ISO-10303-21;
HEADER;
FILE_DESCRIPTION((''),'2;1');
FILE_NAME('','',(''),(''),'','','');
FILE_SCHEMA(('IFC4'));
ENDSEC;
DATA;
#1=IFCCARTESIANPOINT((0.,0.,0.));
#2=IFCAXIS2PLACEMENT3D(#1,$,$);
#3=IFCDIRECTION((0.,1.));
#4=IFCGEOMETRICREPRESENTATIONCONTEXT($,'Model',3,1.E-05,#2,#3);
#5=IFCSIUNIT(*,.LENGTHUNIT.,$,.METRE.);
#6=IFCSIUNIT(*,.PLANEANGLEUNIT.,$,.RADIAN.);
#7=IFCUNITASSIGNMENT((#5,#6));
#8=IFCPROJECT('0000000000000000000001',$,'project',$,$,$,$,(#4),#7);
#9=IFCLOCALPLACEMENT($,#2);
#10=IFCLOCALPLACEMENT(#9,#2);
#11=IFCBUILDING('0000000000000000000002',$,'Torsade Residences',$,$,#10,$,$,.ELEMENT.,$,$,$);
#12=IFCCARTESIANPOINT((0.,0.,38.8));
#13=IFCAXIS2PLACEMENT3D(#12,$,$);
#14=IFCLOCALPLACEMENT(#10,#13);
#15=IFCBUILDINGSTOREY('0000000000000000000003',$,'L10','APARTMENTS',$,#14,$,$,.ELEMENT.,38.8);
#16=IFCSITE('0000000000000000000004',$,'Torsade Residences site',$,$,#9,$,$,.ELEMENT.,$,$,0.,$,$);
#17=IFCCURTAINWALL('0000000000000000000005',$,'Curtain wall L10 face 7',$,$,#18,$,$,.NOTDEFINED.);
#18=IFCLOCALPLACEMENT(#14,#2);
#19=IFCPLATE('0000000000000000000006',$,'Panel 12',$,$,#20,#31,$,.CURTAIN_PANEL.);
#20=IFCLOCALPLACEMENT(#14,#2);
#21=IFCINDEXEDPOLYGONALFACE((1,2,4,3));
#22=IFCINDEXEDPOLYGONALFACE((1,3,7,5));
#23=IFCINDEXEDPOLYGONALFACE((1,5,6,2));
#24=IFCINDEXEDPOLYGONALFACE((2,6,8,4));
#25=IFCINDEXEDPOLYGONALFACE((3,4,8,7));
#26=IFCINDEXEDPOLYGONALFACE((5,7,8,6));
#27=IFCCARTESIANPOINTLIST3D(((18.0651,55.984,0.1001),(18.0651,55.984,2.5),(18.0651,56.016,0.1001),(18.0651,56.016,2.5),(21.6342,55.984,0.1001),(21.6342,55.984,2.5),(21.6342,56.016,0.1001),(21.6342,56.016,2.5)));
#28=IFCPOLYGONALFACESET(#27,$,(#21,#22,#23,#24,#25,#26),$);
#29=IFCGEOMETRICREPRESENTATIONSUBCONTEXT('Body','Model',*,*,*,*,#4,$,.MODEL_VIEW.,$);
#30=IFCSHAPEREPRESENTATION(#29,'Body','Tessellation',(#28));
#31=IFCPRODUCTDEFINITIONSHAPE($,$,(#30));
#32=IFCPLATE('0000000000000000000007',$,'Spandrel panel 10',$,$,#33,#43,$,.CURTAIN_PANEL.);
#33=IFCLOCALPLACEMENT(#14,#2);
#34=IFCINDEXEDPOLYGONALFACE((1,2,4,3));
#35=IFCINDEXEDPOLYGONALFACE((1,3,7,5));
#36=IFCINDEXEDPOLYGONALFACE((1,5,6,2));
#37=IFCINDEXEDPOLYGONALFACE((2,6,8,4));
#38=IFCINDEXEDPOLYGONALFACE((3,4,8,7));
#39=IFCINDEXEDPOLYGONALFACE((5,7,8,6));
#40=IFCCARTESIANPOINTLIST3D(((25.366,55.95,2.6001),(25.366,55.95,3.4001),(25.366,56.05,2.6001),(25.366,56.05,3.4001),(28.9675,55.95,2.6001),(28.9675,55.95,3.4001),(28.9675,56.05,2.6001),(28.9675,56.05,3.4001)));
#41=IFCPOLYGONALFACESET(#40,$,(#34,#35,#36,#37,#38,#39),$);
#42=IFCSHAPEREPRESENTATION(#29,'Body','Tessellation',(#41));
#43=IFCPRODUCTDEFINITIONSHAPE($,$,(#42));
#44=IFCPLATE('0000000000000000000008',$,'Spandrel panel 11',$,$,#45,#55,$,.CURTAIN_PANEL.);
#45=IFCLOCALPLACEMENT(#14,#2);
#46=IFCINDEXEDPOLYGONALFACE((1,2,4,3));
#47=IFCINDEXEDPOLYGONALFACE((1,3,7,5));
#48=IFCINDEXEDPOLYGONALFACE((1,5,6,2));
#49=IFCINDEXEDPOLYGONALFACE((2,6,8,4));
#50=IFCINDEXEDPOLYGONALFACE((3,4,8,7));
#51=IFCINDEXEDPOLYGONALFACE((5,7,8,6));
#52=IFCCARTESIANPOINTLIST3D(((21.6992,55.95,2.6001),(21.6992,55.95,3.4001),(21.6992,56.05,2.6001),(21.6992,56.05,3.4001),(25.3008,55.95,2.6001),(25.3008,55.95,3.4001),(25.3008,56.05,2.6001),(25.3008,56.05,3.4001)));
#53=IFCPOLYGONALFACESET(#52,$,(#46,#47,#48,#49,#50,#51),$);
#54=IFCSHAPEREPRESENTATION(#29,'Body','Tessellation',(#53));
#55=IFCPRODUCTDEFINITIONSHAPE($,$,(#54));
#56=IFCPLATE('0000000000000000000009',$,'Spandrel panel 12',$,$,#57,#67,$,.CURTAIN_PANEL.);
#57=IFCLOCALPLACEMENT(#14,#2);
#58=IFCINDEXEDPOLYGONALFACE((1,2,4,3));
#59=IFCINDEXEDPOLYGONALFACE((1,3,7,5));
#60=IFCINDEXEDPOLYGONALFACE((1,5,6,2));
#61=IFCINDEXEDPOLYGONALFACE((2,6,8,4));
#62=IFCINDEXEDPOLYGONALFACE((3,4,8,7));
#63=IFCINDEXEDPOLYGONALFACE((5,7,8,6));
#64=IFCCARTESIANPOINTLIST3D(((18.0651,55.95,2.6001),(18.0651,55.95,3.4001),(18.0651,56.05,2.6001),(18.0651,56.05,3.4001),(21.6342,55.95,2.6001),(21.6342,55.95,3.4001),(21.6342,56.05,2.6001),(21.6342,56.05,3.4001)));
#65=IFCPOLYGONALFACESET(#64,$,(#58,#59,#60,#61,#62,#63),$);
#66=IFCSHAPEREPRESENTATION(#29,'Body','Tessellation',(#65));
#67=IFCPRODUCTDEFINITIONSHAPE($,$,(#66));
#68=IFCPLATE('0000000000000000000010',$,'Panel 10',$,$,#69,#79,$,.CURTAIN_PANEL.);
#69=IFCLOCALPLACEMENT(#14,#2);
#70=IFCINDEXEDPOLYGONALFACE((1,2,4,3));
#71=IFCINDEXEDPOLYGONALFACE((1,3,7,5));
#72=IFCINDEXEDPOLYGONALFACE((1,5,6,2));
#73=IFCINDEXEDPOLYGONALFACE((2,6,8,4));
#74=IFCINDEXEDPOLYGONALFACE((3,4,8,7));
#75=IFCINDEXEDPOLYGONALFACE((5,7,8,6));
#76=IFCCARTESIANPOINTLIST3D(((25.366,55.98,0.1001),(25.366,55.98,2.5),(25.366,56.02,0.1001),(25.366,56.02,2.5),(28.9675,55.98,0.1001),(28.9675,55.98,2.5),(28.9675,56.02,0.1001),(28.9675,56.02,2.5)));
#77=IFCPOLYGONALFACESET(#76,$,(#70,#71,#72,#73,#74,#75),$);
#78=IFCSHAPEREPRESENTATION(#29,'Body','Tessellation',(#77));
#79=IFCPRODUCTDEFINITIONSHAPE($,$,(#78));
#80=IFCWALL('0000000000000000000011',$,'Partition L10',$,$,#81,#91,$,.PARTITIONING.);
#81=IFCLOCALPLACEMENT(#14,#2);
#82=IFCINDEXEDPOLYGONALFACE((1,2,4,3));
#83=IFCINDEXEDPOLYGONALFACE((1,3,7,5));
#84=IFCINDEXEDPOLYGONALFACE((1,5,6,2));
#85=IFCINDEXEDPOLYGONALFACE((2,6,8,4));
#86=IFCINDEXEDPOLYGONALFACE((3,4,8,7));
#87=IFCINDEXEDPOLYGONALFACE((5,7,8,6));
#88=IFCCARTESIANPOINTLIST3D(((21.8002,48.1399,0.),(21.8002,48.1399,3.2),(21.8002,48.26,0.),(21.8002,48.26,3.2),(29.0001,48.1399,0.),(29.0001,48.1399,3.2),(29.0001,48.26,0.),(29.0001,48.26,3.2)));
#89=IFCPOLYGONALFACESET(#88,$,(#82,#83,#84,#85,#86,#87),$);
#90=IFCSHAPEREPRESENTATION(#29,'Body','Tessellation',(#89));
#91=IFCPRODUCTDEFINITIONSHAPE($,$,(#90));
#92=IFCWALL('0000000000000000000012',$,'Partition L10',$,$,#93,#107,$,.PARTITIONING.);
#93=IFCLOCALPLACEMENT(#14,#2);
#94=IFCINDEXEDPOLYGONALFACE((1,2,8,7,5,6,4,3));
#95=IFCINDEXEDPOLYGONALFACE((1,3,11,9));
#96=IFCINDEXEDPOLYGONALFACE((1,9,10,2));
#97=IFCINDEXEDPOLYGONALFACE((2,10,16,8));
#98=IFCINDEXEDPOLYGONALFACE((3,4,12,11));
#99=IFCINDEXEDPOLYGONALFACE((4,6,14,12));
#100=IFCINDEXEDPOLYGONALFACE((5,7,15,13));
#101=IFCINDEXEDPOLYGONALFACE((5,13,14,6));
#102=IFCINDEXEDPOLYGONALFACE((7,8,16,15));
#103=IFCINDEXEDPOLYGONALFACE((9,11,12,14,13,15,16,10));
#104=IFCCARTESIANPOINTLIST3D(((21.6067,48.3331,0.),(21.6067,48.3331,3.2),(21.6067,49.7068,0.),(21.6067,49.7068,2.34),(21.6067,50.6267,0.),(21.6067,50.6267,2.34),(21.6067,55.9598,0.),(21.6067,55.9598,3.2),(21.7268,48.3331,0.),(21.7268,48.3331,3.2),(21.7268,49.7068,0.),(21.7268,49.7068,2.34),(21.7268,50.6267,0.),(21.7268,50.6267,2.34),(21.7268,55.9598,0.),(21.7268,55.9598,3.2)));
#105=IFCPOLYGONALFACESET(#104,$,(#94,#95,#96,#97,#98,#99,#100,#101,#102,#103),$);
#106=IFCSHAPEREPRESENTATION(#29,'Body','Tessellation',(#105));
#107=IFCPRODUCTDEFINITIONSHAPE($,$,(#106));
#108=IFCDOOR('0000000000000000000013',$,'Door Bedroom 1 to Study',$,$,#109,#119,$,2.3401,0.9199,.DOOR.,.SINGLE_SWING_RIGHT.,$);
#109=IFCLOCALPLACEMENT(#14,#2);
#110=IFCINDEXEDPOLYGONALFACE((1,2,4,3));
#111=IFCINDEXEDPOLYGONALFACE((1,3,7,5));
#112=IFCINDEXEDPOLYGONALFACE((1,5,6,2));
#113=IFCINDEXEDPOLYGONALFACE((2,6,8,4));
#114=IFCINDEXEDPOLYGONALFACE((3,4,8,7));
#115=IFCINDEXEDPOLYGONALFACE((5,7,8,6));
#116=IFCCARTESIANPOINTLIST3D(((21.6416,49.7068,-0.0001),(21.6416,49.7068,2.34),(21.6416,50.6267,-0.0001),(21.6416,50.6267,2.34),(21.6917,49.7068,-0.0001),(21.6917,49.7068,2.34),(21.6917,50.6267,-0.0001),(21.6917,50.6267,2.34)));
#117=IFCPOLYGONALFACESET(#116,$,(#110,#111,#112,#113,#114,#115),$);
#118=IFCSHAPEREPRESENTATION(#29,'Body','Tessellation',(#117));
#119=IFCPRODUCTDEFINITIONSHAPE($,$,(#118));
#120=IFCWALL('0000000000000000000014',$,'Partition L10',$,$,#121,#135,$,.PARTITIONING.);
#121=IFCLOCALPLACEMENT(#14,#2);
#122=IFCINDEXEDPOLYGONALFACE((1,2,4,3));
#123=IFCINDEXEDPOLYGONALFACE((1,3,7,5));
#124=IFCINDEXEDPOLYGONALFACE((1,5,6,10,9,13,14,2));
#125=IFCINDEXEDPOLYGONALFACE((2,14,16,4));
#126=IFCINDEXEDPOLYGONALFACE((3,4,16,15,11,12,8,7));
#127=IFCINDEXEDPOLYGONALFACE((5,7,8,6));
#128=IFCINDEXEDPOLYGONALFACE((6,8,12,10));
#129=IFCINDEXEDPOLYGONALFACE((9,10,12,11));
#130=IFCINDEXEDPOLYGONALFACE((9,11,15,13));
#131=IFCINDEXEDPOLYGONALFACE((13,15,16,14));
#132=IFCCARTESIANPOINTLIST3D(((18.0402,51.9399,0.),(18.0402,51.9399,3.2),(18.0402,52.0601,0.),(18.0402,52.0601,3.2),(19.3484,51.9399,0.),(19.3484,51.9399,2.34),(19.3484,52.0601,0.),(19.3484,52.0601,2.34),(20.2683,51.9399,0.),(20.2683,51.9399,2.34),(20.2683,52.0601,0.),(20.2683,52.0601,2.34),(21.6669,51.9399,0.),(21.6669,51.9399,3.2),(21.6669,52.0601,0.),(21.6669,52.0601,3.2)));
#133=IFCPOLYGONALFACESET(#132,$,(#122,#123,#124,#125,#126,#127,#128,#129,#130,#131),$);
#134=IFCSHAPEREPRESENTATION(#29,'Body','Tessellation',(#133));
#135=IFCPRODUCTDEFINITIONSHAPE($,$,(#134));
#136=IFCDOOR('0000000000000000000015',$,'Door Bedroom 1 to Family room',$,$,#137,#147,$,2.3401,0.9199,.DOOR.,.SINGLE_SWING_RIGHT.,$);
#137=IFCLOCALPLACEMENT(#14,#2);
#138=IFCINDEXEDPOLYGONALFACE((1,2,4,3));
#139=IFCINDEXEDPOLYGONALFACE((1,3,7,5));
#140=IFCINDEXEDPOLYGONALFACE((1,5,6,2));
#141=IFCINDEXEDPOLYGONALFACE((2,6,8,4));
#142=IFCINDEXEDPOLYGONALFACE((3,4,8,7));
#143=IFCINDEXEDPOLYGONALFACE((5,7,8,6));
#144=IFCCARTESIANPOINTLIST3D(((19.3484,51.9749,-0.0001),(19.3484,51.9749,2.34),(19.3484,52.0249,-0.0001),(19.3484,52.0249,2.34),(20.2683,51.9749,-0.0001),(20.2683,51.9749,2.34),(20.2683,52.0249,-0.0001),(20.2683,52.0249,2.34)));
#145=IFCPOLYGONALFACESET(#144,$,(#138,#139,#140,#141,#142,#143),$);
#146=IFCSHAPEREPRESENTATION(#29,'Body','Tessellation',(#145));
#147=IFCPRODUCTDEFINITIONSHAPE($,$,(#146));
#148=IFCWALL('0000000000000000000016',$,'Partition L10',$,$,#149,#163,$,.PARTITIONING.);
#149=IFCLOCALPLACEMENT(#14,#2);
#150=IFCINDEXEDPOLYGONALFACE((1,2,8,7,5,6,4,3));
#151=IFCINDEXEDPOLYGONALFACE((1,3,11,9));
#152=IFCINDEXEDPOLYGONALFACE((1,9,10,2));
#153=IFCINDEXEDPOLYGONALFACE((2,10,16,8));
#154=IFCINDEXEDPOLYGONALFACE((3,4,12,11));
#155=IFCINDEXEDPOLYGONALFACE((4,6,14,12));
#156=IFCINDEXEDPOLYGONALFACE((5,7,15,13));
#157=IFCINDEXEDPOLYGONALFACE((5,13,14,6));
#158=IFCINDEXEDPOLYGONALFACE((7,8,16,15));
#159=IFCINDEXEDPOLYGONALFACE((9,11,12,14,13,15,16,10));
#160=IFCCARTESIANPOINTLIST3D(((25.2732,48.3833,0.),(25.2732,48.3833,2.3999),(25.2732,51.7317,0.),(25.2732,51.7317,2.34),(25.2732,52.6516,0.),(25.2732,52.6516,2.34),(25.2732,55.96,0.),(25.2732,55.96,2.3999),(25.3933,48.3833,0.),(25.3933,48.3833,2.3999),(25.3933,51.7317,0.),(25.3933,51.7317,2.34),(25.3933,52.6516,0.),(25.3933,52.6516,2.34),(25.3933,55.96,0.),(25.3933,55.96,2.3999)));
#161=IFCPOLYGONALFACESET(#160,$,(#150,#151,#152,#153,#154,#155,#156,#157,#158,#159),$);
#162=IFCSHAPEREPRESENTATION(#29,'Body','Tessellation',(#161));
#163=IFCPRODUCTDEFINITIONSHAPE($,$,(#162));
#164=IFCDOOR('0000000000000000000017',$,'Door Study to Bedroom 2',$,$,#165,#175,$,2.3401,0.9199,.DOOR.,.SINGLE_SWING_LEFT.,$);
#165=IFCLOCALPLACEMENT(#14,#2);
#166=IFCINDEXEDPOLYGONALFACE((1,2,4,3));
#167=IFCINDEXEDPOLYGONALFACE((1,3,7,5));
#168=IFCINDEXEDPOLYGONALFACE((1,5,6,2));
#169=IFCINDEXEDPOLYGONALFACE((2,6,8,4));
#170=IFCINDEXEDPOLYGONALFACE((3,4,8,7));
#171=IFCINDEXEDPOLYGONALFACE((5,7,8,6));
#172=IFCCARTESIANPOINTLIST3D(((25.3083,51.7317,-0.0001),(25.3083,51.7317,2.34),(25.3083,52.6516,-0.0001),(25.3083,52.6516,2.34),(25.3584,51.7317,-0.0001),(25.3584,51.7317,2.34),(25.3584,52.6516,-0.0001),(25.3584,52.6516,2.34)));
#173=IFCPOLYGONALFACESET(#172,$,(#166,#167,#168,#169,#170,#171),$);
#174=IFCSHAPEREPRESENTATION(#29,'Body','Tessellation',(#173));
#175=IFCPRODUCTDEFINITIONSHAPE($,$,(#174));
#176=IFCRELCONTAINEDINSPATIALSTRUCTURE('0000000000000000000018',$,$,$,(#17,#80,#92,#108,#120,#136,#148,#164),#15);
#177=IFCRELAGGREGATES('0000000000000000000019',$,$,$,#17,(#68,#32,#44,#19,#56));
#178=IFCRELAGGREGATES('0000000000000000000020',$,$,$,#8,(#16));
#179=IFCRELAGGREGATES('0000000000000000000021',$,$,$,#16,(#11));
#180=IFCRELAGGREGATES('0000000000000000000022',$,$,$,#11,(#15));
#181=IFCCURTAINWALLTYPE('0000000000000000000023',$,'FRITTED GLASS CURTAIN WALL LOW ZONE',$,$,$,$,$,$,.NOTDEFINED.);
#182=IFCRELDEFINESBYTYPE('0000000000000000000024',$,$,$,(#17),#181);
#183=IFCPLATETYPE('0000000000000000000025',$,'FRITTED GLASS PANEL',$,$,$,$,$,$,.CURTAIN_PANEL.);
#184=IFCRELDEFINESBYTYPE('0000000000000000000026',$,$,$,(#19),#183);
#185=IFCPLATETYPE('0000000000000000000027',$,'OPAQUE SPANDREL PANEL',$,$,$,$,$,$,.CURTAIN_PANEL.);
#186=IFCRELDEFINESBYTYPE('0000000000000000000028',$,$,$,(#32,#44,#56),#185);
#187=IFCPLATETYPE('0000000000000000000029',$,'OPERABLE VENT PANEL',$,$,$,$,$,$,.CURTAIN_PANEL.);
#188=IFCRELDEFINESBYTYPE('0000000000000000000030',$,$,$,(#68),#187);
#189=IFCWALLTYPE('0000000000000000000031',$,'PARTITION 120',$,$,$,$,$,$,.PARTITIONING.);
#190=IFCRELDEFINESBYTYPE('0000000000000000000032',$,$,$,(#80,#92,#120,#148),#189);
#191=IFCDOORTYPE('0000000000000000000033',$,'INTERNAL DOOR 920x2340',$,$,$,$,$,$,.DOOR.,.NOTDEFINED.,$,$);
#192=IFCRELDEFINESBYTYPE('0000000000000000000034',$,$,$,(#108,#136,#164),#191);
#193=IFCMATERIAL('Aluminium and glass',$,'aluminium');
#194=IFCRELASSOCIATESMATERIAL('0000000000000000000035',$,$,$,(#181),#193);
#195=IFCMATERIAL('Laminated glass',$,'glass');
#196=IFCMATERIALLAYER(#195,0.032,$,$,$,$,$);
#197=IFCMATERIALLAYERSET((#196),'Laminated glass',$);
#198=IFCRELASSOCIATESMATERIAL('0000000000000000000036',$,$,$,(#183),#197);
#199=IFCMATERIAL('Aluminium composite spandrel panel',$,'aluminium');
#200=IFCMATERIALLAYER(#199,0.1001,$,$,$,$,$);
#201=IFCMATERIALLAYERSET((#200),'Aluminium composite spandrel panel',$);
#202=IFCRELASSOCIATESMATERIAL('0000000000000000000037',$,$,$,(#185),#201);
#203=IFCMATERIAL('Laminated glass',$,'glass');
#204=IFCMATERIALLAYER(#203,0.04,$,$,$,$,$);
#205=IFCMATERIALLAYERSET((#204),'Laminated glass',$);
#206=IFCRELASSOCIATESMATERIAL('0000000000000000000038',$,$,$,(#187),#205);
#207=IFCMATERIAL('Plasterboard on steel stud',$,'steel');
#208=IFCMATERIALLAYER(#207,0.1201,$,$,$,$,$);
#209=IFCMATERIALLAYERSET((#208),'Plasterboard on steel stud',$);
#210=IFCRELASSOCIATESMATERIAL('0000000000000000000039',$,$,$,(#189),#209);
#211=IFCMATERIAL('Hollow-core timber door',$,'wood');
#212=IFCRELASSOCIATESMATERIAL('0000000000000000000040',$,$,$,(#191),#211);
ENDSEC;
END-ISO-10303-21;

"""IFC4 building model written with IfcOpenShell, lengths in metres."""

from ifc_helpers import new_model, si_unit, direction, frame, frame_2d, origin, origin_2d, place, context, subcontext, project, spatial, rectangle, extrude, material, layer, layer_set, type_object, element, fill, aggregate, save


model = new_model("IFC4")

# Units and contexts
model_context = context("Model", 3, precision=1e-05, world=origin(), true_north=direction((0.0, 1.0)))
body_context = subcontext(model_context, "Body", "Model", "MODEL_VIEW")
ifc_project = project(units=[si_unit("LENGTHUNIT", "METRE"), si_unit("PLANEANGLEUNIT", "RADIAN")], contexts=[model_context])

# Site, building, storey
site_placement = place(None, origin())
site = spatial("IfcSite", under=ifc_project, at=site_placement, Name="Torsade Residences site", CompositionType="ELEMENT", RefElevation=0.0)
building_placement = place(site_placement, origin())
building = spatial("IfcBuilding", under=site, at=building_placement, Name="Torsade Residences", CompositionType="ELEMENT")
storey_placement = place(building_placement, frame((0.0, 0.0, 38.8)))
storey = spatial("IfcBuildingStorey", under=building, at=storey_placement, Name="L10", Description="APARTMENTS", CompositionType="ELEMENT", Elevation=38.8)

# Curtain wall
ifc_material_1 = material(Name="Aluminium and glass", Category="aluminium")
curtain_wall_type = type_object("IfcCurtainWallType", Name="FRITTED GLASS CURTAIN WALL LOW ZONE", PredefinedType="NOTDEFINED", material=ifc_material_1)
curtain_wall_placement = place(storey_placement, origin())
curtain_wall = element("IfcCurtainWall", 1, at=curtain_wall_placement, inside=storey, type_object=curtain_wall_type, Name="Curtain wall L10 face 7", PredefinedType="NOTDEFINED")

# Plates
ifc_material_2 = material(Name="Laminated glass", Category="glass")
ifc_layer_1 = layer(ifc_material_2, 0.032)
ifc_layer_set_1 = layer_set([ifc_layer_1], Name="Laminated glass")
plate_type_1 = type_object("IfcPlateType", Name="FRITTED GLASS PANEL", PredefinedType="CURTAIN_PANEL", material=ifc_layer_set_1)
plate_1_placement = place(storey_placement, frame((19.8496, 56.0, 0.1001), z_axis=(0.0, 0.0, 1.0), x_axis=(-1.0, 0.0, 0.0)))
plate_1 = element("IfcPlate", 2, at=plate_1_placement, type_object=plate_type_1, Name="Panel 12", PredefinedType="CURTAIN_PANEL", context=body_context, shape_type="SweptSolid", body=[
    extrude(rectangle(XDim=3.5691, YDim=0.032, at=origin_2d()), origin(), (0.0, 0.0, 1.0), 2.3999),
])
ifc_material_3 = material(Name="Aluminium composite spandrel panel", Category="aluminium")
ifc_layer_2 = layer(ifc_material_3, 0.1001)
ifc_layer_set_2 = layer_set([ifc_layer_2], Name="Aluminium composite spandrel panel")
plate_type_2 = type_object("IfcPlateType", Name="OPAQUE SPANDREL PANEL", PredefinedType="CURTAIN_PANEL", material=ifc_layer_set_2)
plate_2_placement = place(storey_placement, frame((27.1667, 56.0, 2.6001), z_axis=(0.0, 0.0, 1.0), x_axis=(-1.0, 0.0, 0.0)))
plate_2 = element("IfcPlate", 3, at=plate_2_placement, type_object=plate_type_2, Name="Spandrel panel 10", PredefinedType="CURTAIN_PANEL", context=body_context, shape_type="SweptSolid", body=[
    extrude(rectangle(XDim=3.6016, YDim=0.1001, at=origin_2d()), origin(), (0.0, 0.0, 1.0), 0.8),
])
plate_3_placement = place(storey_placement, frame((23.5, 56.0, 2.6001), z_axis=(0.0, 0.0, 1.0), x_axis=(-1.0, 0.0, 0.0)))
plate_3 = element("IfcPlate", 4, at=plate_3_placement, type_object=plate_type_2, Name="Spandrel panel 11", PredefinedType="CURTAIN_PANEL", context=body_context, shape_type="SweptSolid", body=[
    extrude(rectangle(XDim=3.6016, YDim=0.1001, at=origin_2d()), origin(), (0.0, 0.0, 1.0), 0.8),
])
plate_4_placement = place(storey_placement, frame((19.8496, 56.0, 2.6001), z_axis=(0.0, 0.0, 1.0), x_axis=(-1.0, 0.0, 0.0)))
plate_4 = element("IfcPlate", 5, at=plate_4_placement, type_object=plate_type_2, Name="Spandrel panel 12", PredefinedType="CURTAIN_PANEL", context=body_context, shape_type="SweptSolid", body=[
    extrude(rectangle(XDim=3.5691, YDim=0.1001, at=origin_2d()), origin(), (0.0, 0.0, 1.0), 0.8),
])
ifc_material_4 = material(Name="Laminated glass", Category="glass")
ifc_layer_3 = layer(ifc_material_4, 0.04)
ifc_layer_set_3 = layer_set([ifc_layer_3], Name="Laminated glass")
plate_type_3 = type_object("IfcPlateType", Name="OPERABLE VENT PANEL", PredefinedType="CURTAIN_PANEL", material=ifc_layer_set_3)
plate_5_placement = place(storey_placement, frame((27.1667, 56.0, 0.1001), z_axis=(0.0, 0.0, 1.0), x_axis=(-1.0, 0.0, 0.0)))
plate_5 = element("IfcPlate", 6, at=plate_5_placement, type_object=plate_type_3, Name="Panel 10", PredefinedType="CURTAIN_PANEL", context=body_context, shape_type="SweptSolid", body=[
    extrude(rectangle(XDim=3.6016, YDim=0.04, at=origin_2d()), origin(), (0.0, 0.0, 1.0), 2.3999),
])
aggregate(curtain_wall, [plate_5, plate_2, plate_3, plate_1, plate_4])

# Wall
ifc_material_5 = material(Name="Plasterboard on steel stud", Category="steel")
ifc_layer_4 = layer(ifc_material_5, 0.1201)
ifc_layer_set_4 = layer_set([ifc_layer_4], Name="Plasterboard on steel stud")
wall_type = type_object("IfcWallType", Name="PARTITION 120", PredefinedType="PARTITIONING", material=ifc_layer_set_4)
wall_1_placement = place(storey_placement, frame((21.8, 48.2, 0.0), z_axis=(0.0, 0.0, 1.0), x_axis=(1.0, 0.0, 0.0)))
element("IfcWall", 7, at=wall_1_placement, inside=storey, type_object=wall_type, Name="Partition L10", PredefinedType="PARTITIONING", context=body_context, shape_type="SweptSolid", body=[
    extrude(rectangle(XDim=7.2, YDim=0.1201, at=frame_2d((3.6001, 0.0))), origin(), (0.0, 0.0, 1.0), 3.2),
])

# Walls, openings, doors
wall_2_placement = place(storey_placement, frame((21.6667, 55.96, 0.0), z_axis=(0.0, 0.0, 1.0), x_axis=(0.0, -1.0, 0.0)))
wall_2 = element("IfcWall", 8, at=wall_2_placement, inside=storey, type_object=wall_type, Name="Partition L10", PredefinedType="PARTITIONING", context=body_context, shape_type="SweptSolid", body=[
    extrude(rectangle(XDim=7.6267, YDim=0.1201, at=frame_2d((3.8135, 0.0))), origin(), (0.0, 0.0, 1.0), 3.2),
])
opening_1_placement = place(wall_2_placement, frame((5.3333, 0.0, 0.0)))
opening_1 = element("IfcOpeningElement", 9, at=opening_1_placement, cuts=wall_2, PredefinedType="OPENING", context=body_context, shape_type="SweptSolid", body=[
    extrude(rectangle(XDim=0.9199, YDim=2.3401, at=frame_2d((0.46, 1.1699))), frame((0.0, 0.0701, 0.0), z_axis=(0.0, -1.0, 0.0), x_axis=(1.0, 0.0, 0.0)), (0.0, 0.0, 1.0), 0.1401),
])
ifc_material_6 = material(Name="Hollow-core timber door", Category="wood")
door_type = type_object("IfcDoorType", Name="INTERNAL DOOR 920x2340", OperationType="NOTDEFINED", PredefinedType="DOOR", material=ifc_material_6)
door_1_placement = place(opening_1_placement, origin())
door_1 = element("IfcDoor", 10, at=door_1_placement, inside=storey, type_object=door_type, Name="Door Bedroom 1 to Study", OperationType="SINGLE_SWING_RIGHT", OverallHeight=2.3401, OverallWidth=0.9199, PredefinedType="DOOR", context=body_context, shape_type="SweptSolid", body=[
    extrude(rectangle(XDim=0.9199, YDim=2.3401, at=frame_2d((0.46, 1.1699))), frame((0.0, 0.0249, 0.0), z_axis=(0.0, -1.0, 0.0), x_axis=(1.0, 0.0, 0.0)), (0.0, 0.0, 1.0), 0.05),
])
fill(opening_1, door_1)
wall_3_placement = place(storey_placement, frame((18.04, 52.0, 0.0), z_axis=(0.0, 0.0, 1.0), x_axis=(1.0, 0.0, 0.0)))
wall_3 = element("IfcWall", 11, at=wall_3_placement, inside=storey, type_object=wall_type, Name="Partition L10", PredefinedType="PARTITIONING", context=body_context, shape_type="SweptSolid", body=[
    extrude(rectangle(XDim=3.6267, YDim=0.1201, at=frame_2d((1.8135, 0.0))), origin(), (0.0, 0.0, 1.0), 3.2),
])
opening_2_placement = place(wall_3_placement, frame((1.3083, 0.0, 0.0)))
opening_2 = element("IfcOpeningElement", 12, at=opening_2_placement, cuts=wall_3, PredefinedType="OPENING", context=body_context, shape_type="SweptSolid", body=[
    extrude(rectangle(XDim=0.9199, YDim=2.3401, at=frame_2d((0.46, 1.1699))), frame((0.0, 0.0701, 0.0), z_axis=(0.0, -1.0, 0.0), x_axis=(1.0, 0.0, 0.0)), (0.0, 0.0, 1.0), 0.1401),
])
door_2_placement = place(opening_2_placement, origin())
door_2 = element("IfcDoor", 13, at=door_2_placement, inside=storey, type_object=door_type, Name="Door Bedroom 1 to Family room", OperationType="SINGLE_SWING_RIGHT", OverallHeight=2.3401, OverallWidth=0.9199, PredefinedType="DOOR", context=body_context, shape_type="SweptSolid", body=[
    extrude(rectangle(XDim=0.9199, YDim=2.3401, at=frame_2d((0.46, 1.1699))), frame((0.0, 0.0249, 0.0), z_axis=(0.0, -1.0, 0.0), x_axis=(1.0, 0.0, 0.0)), (0.0, 0.0, 1.0), 0.05),
])
fill(opening_2, door_2)
wall_4_placement = place(storey_placement, frame((25.3333, 48.3833, 0.0), z_axis=(0.0, 0.0, 1.0), x_axis=(0.0, 1.0, 0.0)))
wall_4 = element("IfcWall", 14, at=wall_4_placement, inside=storey, type_object=wall_type, Name="Partition L10", PredefinedType="PARTITIONING", context=body_context, shape_type="SweptSolid", body=[
    extrude(rectangle(XDim=7.5767, YDim=0.1201, at=frame_2d((3.7883, 0.0))), origin(), (0.0, 0.0, 1.0), 2.3999),
])
opening_3_placement = place(wall_4_placement, frame((3.3484, 0.0, 0.0)))
opening_3 = element("IfcOpeningElement", 15, at=opening_3_placement, cuts=wall_4, PredefinedType="OPENING", context=body_context, shape_type="SweptSolid", body=[
    extrude(rectangle(XDim=0.9199, YDim=2.3401, at=frame_2d((0.46, 1.1699))), frame((0.0, 0.0701, 0.0), z_axis=(0.0, -1.0, 0.0), x_axis=(1.0, 0.0, 0.0)), (0.0, 0.0, 1.0), 0.1401),
])
door_3_placement = place(opening_3_placement, origin())
door_3 = element("IfcDoor", 16, at=door_3_placement, inside=storey, type_object=door_type, Name="Door Study to Bedroom 2", OperationType="SINGLE_SWING_LEFT", OverallHeight=2.3401, OverallWidth=0.9199, PredefinedType="DOOR", context=body_context, shape_type="SweptSolid", body=[
    extrude(rectangle(XDim=0.9199, YDim=2.3401, at=frame_2d((0.46, 1.1699))), frame((0.0, 0.0249, 0.0), z_axis=(0.0, -1.0, 0.0), x_axis=(1.0, 0.0, 0.0)), (0.0, 0.0, 1.0), 0.05),
])
fill(opening_3, door_3)

save(model, "model.ifc")
